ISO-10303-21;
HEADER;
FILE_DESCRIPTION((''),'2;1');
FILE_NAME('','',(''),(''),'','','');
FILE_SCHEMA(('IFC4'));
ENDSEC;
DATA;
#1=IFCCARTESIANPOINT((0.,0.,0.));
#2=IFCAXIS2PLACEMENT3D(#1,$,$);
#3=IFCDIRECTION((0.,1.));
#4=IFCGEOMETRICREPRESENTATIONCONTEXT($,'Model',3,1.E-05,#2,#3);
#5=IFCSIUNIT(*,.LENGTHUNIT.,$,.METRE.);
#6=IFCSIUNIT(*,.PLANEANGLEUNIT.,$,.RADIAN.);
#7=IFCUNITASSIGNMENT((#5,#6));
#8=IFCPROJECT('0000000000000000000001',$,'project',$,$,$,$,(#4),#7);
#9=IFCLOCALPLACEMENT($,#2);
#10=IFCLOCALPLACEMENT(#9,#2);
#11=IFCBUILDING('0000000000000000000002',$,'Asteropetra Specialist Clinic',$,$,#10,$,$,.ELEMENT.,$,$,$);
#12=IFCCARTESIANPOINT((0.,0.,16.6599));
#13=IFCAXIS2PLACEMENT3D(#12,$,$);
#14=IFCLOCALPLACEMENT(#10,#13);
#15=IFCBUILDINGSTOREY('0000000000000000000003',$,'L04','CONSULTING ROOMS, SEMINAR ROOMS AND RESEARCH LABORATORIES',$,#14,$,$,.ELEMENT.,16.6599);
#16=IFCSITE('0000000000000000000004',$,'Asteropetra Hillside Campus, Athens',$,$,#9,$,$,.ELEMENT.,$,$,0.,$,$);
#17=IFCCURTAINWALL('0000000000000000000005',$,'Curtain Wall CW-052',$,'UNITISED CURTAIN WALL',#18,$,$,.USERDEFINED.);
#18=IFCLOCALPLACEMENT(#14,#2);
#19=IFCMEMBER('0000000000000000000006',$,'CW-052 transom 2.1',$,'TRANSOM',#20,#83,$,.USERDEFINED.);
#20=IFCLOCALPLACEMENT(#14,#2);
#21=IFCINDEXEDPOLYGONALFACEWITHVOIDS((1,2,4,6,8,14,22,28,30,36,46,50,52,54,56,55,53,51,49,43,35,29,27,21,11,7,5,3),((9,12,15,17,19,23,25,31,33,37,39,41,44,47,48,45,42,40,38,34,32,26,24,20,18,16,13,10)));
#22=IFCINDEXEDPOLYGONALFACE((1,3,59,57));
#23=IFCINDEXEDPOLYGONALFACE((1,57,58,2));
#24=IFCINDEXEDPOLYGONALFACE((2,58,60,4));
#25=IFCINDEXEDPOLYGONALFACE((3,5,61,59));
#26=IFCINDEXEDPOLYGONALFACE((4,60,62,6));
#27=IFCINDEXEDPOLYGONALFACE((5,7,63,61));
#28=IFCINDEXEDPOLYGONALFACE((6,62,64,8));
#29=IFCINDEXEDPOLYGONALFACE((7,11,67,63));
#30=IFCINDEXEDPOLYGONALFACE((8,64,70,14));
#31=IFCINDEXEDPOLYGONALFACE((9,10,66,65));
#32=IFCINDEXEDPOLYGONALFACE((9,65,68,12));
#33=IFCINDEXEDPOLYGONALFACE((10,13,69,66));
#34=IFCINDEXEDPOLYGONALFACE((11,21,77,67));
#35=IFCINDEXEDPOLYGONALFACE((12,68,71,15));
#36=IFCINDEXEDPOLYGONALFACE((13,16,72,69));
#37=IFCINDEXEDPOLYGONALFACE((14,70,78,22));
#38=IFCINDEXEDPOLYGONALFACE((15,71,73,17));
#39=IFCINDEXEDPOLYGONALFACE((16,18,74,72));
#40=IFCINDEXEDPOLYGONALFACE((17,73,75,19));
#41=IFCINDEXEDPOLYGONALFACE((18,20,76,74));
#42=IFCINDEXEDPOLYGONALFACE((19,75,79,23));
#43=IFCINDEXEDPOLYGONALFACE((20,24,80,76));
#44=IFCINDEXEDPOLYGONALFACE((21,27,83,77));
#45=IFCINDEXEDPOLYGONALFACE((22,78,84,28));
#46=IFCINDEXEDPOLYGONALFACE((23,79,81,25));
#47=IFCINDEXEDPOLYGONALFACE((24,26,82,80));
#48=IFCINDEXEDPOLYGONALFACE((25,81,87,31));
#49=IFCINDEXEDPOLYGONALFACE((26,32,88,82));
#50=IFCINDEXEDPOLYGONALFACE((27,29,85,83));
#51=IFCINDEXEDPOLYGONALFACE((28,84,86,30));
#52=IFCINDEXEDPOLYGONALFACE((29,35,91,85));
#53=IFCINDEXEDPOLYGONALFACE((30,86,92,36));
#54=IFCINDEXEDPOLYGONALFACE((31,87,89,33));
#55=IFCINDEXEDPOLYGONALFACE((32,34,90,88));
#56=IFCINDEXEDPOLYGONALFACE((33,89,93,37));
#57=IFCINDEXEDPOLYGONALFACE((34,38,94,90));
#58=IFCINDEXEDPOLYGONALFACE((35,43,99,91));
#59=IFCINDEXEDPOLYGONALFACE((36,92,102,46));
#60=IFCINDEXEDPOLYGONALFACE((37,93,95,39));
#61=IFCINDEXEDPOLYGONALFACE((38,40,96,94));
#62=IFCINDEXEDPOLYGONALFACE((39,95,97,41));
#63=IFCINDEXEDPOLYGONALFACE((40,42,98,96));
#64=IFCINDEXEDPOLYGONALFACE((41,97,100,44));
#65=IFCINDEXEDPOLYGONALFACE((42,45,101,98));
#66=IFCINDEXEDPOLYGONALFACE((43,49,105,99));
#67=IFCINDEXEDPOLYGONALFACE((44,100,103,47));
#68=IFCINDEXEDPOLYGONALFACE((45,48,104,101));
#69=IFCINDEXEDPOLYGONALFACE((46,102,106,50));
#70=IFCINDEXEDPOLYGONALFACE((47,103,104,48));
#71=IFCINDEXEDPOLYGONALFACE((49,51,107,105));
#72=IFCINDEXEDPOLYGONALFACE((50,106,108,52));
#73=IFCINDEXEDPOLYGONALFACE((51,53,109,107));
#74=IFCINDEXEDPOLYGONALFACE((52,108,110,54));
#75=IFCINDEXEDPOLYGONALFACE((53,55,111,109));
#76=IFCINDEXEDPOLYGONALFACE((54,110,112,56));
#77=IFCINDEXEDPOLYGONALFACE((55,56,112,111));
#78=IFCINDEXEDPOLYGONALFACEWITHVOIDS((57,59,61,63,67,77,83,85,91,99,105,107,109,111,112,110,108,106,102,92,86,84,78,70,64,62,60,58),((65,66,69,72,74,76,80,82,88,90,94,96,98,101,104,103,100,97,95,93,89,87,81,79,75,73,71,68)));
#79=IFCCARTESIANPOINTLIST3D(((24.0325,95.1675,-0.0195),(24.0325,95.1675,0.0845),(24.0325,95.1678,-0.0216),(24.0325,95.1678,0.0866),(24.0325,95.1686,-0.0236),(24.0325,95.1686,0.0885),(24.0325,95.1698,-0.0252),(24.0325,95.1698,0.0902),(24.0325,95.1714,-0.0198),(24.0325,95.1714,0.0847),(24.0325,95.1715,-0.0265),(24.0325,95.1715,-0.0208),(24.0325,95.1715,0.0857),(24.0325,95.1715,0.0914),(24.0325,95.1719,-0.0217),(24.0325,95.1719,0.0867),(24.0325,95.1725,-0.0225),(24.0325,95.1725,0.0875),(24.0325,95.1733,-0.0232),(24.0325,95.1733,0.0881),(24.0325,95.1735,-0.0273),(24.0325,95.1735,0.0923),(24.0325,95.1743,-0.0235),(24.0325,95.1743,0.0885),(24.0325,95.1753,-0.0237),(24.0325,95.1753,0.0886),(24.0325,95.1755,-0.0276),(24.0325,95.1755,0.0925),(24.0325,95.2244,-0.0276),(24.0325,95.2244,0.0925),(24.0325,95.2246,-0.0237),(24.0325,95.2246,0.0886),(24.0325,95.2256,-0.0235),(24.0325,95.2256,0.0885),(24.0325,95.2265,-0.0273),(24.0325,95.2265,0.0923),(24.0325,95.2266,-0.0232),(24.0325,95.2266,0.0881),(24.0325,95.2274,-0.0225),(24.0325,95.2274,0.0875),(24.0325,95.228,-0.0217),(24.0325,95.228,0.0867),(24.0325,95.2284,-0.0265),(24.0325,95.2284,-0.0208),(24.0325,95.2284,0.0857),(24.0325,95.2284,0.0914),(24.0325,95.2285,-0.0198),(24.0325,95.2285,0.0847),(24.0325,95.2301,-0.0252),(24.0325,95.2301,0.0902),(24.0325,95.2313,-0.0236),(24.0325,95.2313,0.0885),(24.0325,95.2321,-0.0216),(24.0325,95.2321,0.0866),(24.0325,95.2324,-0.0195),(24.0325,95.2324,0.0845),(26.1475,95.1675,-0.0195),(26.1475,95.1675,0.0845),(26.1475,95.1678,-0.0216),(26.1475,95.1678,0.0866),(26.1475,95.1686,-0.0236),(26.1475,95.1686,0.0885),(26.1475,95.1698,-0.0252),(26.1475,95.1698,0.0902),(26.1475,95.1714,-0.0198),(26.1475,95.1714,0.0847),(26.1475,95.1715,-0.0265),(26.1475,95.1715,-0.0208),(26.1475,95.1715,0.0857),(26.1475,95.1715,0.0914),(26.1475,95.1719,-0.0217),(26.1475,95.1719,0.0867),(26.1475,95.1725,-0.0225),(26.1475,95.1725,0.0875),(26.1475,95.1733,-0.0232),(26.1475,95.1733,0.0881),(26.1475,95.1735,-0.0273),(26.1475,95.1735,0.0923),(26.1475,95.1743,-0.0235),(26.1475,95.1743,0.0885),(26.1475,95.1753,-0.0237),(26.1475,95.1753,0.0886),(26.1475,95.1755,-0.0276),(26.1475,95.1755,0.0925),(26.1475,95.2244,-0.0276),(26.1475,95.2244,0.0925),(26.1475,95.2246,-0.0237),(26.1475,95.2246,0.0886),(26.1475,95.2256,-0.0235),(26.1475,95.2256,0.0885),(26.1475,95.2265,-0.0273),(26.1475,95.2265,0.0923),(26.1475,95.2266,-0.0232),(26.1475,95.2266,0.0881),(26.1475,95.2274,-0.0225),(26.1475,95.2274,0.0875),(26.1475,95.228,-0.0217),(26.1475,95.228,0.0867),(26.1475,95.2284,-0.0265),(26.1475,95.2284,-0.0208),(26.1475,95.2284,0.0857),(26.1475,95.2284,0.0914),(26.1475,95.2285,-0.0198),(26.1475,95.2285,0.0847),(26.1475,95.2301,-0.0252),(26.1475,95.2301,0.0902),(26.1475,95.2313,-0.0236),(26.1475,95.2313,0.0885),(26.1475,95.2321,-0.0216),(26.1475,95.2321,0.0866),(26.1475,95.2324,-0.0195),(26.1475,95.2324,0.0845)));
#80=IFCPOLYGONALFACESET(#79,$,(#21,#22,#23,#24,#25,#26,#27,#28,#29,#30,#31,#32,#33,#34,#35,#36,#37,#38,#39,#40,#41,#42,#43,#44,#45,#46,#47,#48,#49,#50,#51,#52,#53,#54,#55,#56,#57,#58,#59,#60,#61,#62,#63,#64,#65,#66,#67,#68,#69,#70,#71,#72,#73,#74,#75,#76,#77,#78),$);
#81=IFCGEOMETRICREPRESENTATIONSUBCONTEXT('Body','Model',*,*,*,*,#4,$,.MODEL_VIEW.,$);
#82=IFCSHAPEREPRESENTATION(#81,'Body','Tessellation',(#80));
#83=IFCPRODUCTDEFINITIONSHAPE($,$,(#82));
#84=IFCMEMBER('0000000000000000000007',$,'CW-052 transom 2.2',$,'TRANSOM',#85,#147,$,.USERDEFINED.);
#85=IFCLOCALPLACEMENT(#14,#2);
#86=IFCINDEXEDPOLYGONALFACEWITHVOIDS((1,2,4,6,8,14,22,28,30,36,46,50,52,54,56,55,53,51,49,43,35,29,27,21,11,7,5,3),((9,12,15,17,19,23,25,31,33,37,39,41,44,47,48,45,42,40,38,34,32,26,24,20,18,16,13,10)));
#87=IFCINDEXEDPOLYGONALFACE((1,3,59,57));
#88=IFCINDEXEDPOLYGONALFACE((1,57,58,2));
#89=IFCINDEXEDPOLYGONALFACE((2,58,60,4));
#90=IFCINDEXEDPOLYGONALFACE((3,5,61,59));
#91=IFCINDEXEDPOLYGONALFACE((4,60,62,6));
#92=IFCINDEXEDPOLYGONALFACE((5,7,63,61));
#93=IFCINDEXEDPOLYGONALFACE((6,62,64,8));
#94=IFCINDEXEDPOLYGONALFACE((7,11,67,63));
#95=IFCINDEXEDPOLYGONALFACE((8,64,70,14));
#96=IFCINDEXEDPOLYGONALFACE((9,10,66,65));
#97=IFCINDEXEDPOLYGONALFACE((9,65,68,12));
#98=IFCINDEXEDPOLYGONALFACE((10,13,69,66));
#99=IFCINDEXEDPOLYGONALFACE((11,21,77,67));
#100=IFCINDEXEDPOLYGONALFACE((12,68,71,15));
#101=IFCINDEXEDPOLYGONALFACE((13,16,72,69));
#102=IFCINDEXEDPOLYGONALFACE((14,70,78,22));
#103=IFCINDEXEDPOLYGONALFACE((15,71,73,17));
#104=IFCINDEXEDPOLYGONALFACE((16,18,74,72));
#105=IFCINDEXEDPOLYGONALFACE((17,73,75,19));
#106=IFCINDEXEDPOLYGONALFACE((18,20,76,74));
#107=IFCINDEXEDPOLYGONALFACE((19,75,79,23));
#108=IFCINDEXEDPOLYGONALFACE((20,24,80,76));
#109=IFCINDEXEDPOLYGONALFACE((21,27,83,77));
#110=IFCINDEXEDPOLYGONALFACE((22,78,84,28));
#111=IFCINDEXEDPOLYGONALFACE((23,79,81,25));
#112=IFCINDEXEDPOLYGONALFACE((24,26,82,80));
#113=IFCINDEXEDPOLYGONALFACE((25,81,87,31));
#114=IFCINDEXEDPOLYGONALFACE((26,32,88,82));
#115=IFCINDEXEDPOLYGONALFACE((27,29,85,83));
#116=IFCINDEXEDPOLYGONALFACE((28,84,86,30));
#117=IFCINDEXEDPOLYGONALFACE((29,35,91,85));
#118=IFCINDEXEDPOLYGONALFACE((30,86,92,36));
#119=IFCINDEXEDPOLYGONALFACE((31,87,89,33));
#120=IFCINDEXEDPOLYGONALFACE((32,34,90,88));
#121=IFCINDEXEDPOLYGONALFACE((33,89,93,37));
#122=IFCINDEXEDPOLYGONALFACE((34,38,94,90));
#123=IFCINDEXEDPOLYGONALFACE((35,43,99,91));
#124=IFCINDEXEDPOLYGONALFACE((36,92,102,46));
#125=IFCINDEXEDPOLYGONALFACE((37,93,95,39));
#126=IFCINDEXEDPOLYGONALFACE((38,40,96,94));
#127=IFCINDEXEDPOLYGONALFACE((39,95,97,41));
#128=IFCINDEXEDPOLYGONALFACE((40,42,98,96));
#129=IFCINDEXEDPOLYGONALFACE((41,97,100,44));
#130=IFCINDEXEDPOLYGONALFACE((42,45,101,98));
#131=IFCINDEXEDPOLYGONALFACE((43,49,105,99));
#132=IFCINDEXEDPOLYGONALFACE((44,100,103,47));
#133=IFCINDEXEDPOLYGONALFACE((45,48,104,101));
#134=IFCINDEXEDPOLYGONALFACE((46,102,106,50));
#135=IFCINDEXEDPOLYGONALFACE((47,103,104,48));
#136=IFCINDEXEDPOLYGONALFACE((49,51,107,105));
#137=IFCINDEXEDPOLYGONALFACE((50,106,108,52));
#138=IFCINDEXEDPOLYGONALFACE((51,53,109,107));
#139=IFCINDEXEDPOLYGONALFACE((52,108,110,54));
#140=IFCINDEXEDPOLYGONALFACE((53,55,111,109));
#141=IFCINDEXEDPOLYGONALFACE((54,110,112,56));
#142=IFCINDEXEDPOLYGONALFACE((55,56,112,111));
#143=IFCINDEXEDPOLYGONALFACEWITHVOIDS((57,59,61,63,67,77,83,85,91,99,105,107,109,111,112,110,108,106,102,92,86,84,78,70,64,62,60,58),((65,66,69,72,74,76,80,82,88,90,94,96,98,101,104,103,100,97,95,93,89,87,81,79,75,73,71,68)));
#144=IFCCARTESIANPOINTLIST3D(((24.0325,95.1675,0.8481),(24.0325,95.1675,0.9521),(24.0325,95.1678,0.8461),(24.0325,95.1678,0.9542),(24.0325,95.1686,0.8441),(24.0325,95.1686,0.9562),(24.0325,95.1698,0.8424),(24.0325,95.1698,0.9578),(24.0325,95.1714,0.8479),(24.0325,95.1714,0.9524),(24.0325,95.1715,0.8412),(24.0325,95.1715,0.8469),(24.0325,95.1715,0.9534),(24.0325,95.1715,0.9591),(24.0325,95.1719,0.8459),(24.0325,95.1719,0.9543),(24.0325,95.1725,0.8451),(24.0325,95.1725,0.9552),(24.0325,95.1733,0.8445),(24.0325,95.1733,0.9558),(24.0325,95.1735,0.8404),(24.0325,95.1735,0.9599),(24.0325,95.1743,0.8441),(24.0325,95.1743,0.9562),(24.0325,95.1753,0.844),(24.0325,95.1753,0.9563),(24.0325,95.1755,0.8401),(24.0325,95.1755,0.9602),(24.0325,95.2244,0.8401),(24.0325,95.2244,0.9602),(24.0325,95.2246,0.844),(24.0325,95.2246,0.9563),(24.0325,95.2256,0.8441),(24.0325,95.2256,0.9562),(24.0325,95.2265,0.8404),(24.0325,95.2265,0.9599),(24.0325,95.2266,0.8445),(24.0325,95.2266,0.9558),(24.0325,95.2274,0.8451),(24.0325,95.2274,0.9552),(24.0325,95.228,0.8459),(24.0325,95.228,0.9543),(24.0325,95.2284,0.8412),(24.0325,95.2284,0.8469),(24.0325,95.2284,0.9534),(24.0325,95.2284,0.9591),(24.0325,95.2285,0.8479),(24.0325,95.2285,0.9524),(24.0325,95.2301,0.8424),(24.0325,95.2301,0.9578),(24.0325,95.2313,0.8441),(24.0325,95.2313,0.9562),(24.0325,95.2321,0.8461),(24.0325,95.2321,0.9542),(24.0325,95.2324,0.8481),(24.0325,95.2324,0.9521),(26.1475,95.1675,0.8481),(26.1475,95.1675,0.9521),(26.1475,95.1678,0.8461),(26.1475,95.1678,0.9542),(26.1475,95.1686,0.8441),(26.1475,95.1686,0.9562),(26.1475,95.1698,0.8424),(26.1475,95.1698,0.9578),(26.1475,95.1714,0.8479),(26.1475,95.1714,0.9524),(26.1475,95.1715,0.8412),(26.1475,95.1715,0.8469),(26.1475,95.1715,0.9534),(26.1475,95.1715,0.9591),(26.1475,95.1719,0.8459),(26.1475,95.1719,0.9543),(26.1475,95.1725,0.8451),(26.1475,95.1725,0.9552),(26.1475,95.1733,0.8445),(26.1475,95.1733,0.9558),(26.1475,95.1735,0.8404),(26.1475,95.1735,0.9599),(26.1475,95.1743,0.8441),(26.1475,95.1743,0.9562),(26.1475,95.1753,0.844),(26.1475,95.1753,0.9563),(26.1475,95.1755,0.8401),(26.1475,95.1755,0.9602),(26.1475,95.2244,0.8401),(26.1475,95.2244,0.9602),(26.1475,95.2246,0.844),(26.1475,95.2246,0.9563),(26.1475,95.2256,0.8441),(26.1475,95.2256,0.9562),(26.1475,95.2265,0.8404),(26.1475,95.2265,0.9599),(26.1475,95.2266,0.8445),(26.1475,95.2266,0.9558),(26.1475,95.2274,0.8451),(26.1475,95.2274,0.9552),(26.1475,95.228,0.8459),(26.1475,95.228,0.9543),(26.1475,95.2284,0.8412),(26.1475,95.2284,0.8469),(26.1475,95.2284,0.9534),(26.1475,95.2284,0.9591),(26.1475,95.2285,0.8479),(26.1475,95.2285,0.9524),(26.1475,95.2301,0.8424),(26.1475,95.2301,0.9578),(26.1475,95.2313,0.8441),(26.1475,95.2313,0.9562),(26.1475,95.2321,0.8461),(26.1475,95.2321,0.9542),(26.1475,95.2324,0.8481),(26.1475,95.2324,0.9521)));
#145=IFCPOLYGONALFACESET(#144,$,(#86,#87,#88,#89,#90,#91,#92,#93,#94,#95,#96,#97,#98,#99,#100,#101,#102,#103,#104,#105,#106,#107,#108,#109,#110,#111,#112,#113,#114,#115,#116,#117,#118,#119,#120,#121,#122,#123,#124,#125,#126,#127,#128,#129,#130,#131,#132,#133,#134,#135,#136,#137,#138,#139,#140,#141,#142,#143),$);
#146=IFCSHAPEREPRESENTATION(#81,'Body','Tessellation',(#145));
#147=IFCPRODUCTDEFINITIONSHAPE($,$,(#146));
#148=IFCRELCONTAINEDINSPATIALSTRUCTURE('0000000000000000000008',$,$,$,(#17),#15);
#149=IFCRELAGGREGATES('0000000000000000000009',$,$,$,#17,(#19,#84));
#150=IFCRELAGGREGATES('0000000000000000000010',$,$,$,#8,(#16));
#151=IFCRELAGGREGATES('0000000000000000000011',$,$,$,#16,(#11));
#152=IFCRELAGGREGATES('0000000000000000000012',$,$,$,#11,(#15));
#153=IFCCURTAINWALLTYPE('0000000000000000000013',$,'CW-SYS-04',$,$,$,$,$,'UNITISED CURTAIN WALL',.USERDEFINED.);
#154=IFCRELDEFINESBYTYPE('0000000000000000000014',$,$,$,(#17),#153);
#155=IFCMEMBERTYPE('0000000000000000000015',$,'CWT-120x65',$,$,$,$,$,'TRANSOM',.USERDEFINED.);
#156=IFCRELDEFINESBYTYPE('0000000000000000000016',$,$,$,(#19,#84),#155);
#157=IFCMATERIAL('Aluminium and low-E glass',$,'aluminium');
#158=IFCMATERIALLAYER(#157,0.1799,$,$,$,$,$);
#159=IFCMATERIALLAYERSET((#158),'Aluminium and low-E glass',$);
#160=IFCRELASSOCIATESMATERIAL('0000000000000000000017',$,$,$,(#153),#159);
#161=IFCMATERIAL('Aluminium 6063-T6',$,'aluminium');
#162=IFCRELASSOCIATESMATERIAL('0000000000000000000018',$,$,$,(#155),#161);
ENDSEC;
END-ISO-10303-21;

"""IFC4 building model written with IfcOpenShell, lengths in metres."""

from ifc_helpers import new_model, si_unit, direction, frame, origin, origin_2d, place, context, subcontext, project, spatial, hollow_rectangle, extrude, material, layer, layer_set, material_profile, profile_set, type_object, element, aggregate, save


model = new_model("IFC4")

# Units and contexts
model_context = context("Model", 3, precision=1e-05, world=origin(), true_north=direction((0.0, 1.0)))
body_context = subcontext(model_context, "Body", "Model", "MODEL_VIEW")
ifc_project = project(units=[si_unit("LENGTHUNIT", "METRE"), si_unit("PLANEANGLEUNIT", "RADIAN")], contexts=[model_context])

# Site, building, storey
site_placement = place(None, origin())
site = spatial("IfcSite", under=ifc_project, at=site_placement, Name="Asteropetra Hillside Campus, Athens", CompositionType="ELEMENT", RefElevation=0.0)
building_placement = place(site_placement, origin())
building = spatial("IfcBuilding", under=site, at=building_placement, Name="Asteropetra Specialist Clinic", CompositionType="ELEMENT")
storey_placement = place(building_placement, frame((0.0, 0.0, 16.6599)))
storey = spatial("IfcBuildingStorey", under=building, at=storey_placement, Name="L04", Description="CONSULTING ROOMS, SEMINAR ROOMS AND RESEARCH LABORATORIES", CompositionType="ELEMENT", Elevation=16.6599)

# Curtain wall, members
ifc_material_1 = material(Name="Aluminium and low-E glass", Category="aluminium")
ifc_layer_1 = layer(ifc_material_1, 0.1799)
ifc_layer_set_1 = layer_set([ifc_layer_1], Name="Aluminium and low-E glass")
curtain_wall_type = type_object("IfcCurtainWallType", Name="CW-SYS-04", ElementType="UNITISED CURTAIN WALL", PredefinedType="USERDEFINED", material=ifc_layer_set_1)
curtain_wall_placement = place(storey_placement, origin())
curtain_wall = element("IfcCurtainWall", 1, at=curtain_wall_placement, inside=storey, type_object=curtain_wall_type, Name="Curtain Wall CW-052", ObjectType="UNITISED CURTAIN WALL", PredefinedType="USERDEFINED")
ifc_material_2 = material(Name="Aluminium 6063-T6", Category="aluminium")
ifc_material_profile_1 = material_profile(ifc_material_2, hollow_rectangle(XDim=0.0649, YDim=0.1201, WallThickness=0.0039, InnerFilletRadius=0.0039, OuterFilletRadius=0.0081, at=origin_2d()), Name="TRN 120x65x4.0")
ifc_profile_set_1 = profile_set([ifc_material_profile_1], Name="Aluminium 6063-T6")
member_type_1 = type_object("IfcMemberType", Name="CWT-120x65", ElementType="TRANSOM", PredefinedType="USERDEFINED", material=ifc_profile_set_1)
member_1_placement = place(storey_placement, frame((26.1475, 95.2, 0.0325), z_axis=(-1.0, 0.0, 0.0), x_axis=(0.0, -1.0, 0.0)))
member_1 = element("IfcMember", 2, at=member_1_placement, type_object=member_type_1, Name="CW-052 transom 2.1", ObjectType="TRANSOM", PredefinedType="USERDEFINED", context=body_context, shape_type="SweptSolid", body=[
    extrude(hollow_rectangle(XDim=0.0649, YDim=0.1201, WallThickness=0.0039, InnerFilletRadius=0.0039, OuterFilletRadius=0.0081, at=origin_2d()), origin(), (0.0, 0.0, 1.0), 2.115),
])
member_2_placement = place(storey_placement, frame((26.1475, 95.2, 0.9001), z_axis=(-1.0, 0.0, 0.0), x_axis=(0.0, -1.0, 0.0)))
member_2 = element("IfcMember", 3, at=member_2_placement, type_object=member_type_1, Name="CW-052 transom 2.2", ObjectType="TRANSOM", PredefinedType="USERDEFINED", context=body_context, shape_type="SweptSolid", body=[
    extrude(hollow_rectangle(XDim=0.0649, YDim=0.1201, WallThickness=0.0039, InnerFilletRadius=0.0039, OuterFilletRadius=0.0081, at=origin_2d()), origin(), (0.0, 0.0, 1.0), 2.115),
])

aggregate(curtain_wall, [member_1, member_2])

save(model, "model.ifc")
